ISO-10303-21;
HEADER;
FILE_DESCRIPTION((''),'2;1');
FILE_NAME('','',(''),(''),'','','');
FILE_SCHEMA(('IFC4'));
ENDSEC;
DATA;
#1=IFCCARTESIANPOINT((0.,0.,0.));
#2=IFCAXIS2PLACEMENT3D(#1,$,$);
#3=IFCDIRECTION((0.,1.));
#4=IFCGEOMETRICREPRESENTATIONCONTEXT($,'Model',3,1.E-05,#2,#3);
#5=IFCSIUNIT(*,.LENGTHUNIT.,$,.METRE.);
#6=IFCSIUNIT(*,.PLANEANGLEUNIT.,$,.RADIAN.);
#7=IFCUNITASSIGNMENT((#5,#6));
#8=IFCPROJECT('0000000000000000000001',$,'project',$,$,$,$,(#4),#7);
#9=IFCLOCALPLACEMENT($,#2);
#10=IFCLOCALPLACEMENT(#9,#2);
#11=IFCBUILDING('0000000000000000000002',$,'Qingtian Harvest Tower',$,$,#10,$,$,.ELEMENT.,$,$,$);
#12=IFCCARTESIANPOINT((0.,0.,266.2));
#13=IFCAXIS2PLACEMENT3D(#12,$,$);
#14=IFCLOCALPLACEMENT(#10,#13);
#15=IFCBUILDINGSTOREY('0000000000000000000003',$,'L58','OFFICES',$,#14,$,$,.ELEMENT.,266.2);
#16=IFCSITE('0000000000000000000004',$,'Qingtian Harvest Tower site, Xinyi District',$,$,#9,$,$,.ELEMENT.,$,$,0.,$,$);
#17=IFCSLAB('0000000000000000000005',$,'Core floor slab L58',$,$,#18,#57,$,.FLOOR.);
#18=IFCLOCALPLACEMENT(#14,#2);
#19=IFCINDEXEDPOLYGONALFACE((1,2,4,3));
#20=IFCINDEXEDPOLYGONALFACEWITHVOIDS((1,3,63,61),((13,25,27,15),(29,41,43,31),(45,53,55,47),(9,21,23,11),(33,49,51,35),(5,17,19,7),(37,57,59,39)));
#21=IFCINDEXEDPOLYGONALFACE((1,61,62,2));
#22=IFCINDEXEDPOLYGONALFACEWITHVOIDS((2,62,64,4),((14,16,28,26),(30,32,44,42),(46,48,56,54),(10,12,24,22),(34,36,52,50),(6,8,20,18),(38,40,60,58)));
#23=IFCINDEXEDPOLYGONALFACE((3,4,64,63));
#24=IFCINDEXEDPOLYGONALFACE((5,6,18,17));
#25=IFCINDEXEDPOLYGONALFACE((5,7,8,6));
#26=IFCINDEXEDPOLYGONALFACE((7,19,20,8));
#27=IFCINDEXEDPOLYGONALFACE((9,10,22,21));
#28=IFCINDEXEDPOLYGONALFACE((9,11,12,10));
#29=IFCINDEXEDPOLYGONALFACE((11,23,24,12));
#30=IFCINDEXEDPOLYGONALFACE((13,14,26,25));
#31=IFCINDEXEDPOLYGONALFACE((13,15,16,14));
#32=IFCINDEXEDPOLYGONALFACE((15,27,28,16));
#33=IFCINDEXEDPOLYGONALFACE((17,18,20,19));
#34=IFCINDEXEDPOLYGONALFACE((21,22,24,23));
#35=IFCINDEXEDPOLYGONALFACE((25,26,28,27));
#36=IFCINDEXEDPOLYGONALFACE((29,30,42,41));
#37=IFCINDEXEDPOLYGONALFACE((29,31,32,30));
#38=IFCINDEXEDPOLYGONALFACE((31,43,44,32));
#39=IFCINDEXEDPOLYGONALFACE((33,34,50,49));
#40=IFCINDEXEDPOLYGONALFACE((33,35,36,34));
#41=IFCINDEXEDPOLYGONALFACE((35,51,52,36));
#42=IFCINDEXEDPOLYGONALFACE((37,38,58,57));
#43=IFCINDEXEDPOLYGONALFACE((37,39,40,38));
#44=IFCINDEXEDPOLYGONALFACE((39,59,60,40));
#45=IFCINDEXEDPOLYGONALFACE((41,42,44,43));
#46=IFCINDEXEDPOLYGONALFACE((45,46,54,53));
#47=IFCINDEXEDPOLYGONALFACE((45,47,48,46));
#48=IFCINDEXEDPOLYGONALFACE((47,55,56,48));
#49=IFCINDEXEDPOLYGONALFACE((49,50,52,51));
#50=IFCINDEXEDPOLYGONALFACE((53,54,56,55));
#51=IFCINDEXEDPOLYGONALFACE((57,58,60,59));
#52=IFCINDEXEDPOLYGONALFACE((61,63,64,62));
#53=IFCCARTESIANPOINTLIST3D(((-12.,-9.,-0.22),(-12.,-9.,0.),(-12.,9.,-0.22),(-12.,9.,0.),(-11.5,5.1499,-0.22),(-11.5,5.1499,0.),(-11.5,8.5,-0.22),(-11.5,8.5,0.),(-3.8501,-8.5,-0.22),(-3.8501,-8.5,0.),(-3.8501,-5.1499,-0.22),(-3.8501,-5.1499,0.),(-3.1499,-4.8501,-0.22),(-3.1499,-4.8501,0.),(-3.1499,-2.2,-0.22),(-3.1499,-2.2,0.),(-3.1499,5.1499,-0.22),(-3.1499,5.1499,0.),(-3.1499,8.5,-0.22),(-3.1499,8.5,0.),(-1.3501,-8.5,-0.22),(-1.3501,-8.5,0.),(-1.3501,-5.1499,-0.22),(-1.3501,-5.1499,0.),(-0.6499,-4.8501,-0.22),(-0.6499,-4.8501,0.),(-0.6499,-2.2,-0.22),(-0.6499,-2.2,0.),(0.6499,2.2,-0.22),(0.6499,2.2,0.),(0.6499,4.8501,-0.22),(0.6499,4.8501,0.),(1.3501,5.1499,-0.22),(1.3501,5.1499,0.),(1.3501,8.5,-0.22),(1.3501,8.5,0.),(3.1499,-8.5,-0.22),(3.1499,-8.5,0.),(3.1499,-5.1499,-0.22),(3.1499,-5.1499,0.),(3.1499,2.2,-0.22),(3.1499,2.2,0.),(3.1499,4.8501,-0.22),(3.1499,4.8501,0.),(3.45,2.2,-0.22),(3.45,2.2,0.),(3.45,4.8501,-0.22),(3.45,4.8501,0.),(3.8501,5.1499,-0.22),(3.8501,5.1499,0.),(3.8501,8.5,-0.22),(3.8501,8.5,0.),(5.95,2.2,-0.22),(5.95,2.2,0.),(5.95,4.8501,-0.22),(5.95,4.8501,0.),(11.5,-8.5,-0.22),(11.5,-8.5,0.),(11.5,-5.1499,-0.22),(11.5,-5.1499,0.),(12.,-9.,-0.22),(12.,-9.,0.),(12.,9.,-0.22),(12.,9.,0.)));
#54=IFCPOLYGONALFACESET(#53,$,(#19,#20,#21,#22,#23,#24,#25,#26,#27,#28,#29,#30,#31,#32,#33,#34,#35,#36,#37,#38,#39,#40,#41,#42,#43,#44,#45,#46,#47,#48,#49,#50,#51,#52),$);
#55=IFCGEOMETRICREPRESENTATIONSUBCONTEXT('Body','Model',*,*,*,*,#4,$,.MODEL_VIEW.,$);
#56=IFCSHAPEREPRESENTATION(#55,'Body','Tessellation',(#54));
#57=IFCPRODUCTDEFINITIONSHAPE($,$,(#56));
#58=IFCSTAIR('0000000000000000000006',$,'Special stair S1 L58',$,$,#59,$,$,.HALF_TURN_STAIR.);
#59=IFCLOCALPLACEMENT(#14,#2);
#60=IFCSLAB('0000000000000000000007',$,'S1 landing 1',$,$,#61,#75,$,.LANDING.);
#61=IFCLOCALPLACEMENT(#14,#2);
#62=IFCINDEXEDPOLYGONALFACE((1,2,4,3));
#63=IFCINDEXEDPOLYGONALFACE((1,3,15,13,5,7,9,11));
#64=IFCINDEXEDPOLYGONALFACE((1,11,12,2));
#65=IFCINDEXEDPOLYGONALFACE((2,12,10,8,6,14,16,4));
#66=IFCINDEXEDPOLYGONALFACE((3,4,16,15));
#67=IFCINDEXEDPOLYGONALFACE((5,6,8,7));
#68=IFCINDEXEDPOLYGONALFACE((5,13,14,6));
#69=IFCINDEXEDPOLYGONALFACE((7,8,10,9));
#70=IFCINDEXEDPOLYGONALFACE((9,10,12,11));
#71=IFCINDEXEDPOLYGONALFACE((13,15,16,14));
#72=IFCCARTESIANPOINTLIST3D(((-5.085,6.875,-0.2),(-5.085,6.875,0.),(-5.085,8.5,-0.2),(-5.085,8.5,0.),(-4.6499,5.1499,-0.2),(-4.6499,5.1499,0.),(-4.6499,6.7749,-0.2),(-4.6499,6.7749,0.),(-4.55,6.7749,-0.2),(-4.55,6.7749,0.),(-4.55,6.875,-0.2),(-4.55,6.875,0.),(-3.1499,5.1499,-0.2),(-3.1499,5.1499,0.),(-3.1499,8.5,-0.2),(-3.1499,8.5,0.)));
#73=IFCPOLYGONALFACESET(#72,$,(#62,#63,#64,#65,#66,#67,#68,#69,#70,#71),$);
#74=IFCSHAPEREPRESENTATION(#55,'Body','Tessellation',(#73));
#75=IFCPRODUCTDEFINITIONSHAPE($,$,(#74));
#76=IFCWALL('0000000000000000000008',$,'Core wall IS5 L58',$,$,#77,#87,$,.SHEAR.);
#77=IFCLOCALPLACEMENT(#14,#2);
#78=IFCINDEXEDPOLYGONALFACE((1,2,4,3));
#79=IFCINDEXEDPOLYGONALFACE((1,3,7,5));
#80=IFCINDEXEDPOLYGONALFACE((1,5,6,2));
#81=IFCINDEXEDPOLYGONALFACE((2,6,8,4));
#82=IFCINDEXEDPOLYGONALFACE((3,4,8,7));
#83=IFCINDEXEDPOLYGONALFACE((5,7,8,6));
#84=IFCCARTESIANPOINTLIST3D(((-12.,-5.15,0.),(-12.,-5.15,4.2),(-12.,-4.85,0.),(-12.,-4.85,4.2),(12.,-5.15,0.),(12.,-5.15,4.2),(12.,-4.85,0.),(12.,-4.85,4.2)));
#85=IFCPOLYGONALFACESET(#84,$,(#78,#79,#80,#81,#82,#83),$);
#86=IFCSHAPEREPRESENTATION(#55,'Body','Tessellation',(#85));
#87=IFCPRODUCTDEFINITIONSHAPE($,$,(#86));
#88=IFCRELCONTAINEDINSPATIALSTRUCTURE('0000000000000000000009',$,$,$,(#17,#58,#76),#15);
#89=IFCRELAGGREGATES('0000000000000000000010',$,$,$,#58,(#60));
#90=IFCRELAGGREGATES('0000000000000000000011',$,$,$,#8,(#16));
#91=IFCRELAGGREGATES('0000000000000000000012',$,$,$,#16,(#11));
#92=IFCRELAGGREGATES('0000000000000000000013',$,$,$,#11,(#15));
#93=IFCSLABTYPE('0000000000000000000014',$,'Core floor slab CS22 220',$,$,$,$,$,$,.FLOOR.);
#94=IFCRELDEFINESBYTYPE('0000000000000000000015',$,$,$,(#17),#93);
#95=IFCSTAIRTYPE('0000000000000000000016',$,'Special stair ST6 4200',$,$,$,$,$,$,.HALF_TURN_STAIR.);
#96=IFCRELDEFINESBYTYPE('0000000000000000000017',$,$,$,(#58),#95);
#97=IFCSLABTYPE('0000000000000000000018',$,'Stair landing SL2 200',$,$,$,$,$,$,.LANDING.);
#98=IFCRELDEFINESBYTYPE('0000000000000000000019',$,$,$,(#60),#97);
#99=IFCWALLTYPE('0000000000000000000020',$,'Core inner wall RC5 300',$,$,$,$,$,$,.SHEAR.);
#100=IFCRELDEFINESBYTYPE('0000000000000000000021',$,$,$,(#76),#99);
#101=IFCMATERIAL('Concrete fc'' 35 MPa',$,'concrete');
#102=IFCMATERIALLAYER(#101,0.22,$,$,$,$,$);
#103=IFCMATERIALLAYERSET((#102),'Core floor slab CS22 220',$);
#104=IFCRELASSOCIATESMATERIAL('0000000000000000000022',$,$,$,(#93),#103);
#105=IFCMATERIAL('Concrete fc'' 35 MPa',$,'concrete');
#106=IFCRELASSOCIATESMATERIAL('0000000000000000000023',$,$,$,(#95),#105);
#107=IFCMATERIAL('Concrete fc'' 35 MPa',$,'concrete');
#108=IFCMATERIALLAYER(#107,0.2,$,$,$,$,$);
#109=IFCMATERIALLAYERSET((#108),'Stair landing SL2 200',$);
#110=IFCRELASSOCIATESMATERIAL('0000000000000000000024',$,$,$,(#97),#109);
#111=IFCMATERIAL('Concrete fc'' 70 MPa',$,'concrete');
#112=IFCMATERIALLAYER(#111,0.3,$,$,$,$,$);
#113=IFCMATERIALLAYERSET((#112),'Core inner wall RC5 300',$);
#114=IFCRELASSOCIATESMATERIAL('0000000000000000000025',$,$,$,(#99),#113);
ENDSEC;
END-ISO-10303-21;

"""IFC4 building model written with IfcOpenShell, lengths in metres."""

from ifc_helpers import new_model, si_unit, direction, frame, frame_2d, origin, place, context, subcontext, project, spatial, polyline, rectangle, outline, extrude, material, layer, layer_set, type_object, element, aggregate, save


model = new_model("IFC4")

# Units and contexts
model_context = context("Model", 3, precision=1e-05, world=origin(), true_north=direction((0.0, 1.0)))
body_context = subcontext(model_context, "Body", "Model", "MODEL_VIEW")
ifc_project = project(units=[si_unit("LENGTHUNIT", "METRE"), si_unit("PLANEANGLEUNIT", "RADIAN")], contexts=[model_context])

# Site, building, storey
site_placement = place(None, origin())
site = spatial("IfcSite", under=ifc_project, at=site_placement, Name="Qingtian Harvest Tower site, Xinyi District", CompositionType="ELEMENT", RefElevation=0.0)
building_placement = place(site_placement, origin())
building = spatial("IfcBuilding", under=site, at=building_placement, Name="Qingtian Harvest Tower", CompositionType="ELEMENT")
storey_placement = place(building_placement, frame((0.0, 0.0, 266.2)))
storey = spatial("IfcBuildingStorey", under=building, at=storey_placement, Name="L58", Description="OFFICES", CompositionType="ELEMENT", Elevation=266.2)

# Slab
ifc_material_1 = material(Name="Concrete fc' 35 MPa", Category="concrete")
ifc_layer_1 = layer(ifc_material_1, 0.22)
ifc_layer_set_1 = layer_set([ifc_layer_1], Name="Core floor slab CS22 220")
slab_type_1 = type_object("IfcSlabType", Name="Core floor slab CS22 220", PredefinedType="FLOOR", material=ifc_layer_set_1)
slab_1_placement = place(storey_placement, frame((0.0, 0.0, -0.22)))
element("IfcSlab", 1, at=slab_1_placement, inside=storey, type_object=slab_type_1, Name="Core floor slab L58", PredefinedType="FLOOR", context=body_context, shape_type="SweptSolid", body=[
    extrude(outline(polyline([(-12.0, -9.0), (12.0, -9.0), (12.0, 9.0), (-12.0, 9.0), (-12.0, -9.0)]), holes=[polyline([(-11.5, 5.1499), (-3.1499, 5.1499), (-3.1499, 8.5), (-11.5, 8.5), (-11.5, 5.1499)]), polyline([(3.1499, -8.5), (11.5, -8.5), (11.5, -5.1499), (3.1499, -5.1499), (3.1499, -8.5)]), polyline([(1.3501, 5.1499), (3.8501, 5.1499), (3.8501, 8.5), (1.3501, 8.5), (1.3501, 5.1499)]), polyline([(-3.8501, -8.5), (-1.3501, -8.5), (-1.3501, -5.1499), (-3.8501, -5.1499), (-3.8501, -8.5)]), polyline([(0.6499, 2.2), (3.1499, 2.2), (3.1499, 4.8501), (0.6499, 4.8501), (0.6499, 2.2)]), polyline([(3.45, 2.2), (5.95, 2.2), (5.95, 4.8501), (3.45, 4.8501), (3.45, 2.2)]), polyline([(-3.1499, -4.8501), (-0.6499, -4.8501), (-0.6499, -2.2), (-3.1499, -2.2), (-3.1499, -4.8501)])]), origin(), (0.0, 0.0, 1.0), 0.22),
])

# Stair, slab
ifc_material_2 = material(Name="Concrete fc' 35 MPa", Category="concrete")
stair_type = type_object("IfcStairType", Name="Special stair ST6 4200", PredefinedType="HALF_TURN_STAIR", material=ifc_material_2)
stair_placement = place(storey_placement, origin())
stair = element("IfcStair", 2, at=stair_placement, inside=storey, type_object=stair_type, Name="Special stair S1 L58", PredefinedType="HALF_TURN_STAIR")
ifc_material_3 = material(Name="Concrete fc' 35 MPa", Category="concrete")
ifc_layer_2 = layer(ifc_material_3, 0.2)
ifc_layer_set_2 = layer_set([ifc_layer_2], Name="Stair landing SL2 200")
slab_type_2 = type_object("IfcSlabType", Name="Stair landing SL2 200", PredefinedType="LANDING", material=ifc_layer_set_2)
slab_2_placement = place(storey_placement, frame((0.0, 0.0, -0.2)))
slab_2 = element("IfcSlab", 3, at=slab_2_placement, type_object=slab_type_2, Name="S1 landing 1", PredefinedType="LANDING", context=body_context, shape_type="SweptSolid", body=[
    extrude(outline(polyline([(-4.6499, 5.1499), (-4.6499, 6.7749), (-4.55, 6.7749), (-4.55, 6.875), (-5.085, 6.875), (-5.085, 8.5), (-3.1499, 8.5), (-3.1499, 5.1499), (-4.6499, 5.1499)])), origin(), (0.0, 0.0, 1.0), 0.2),
])
aggregate(stair, [slab_2])

# Wall
ifc_material_4 = material(Name="Concrete fc' 70 MPa", Category="concrete")
ifc_layer_3 = layer(ifc_material_4, 0.3)
ifc_layer_set_3 = layer_set([ifc_layer_3], Name="Core inner wall RC5 300")
wall_type_1 = type_object("IfcWallType", Name="Core inner wall RC5 300", PredefinedType="SHEAR", material=ifc_layer_set_3)
wall_1_placement = place(storey_placement, frame((-12.0, -5.0, 0.0), z_axis=(0.0, 0.0, 1.0), x_axis=(1.0, 0.0, 0.0)))
element("IfcWall", 4, at=wall_1_placement, inside=storey, type_object=wall_type_1, Name="Core wall IS5 L58", PredefinedType="SHEAR", context=body_context, shape_type="SweptSolid", body=[
    extrude(rectangle(XDim=24.0, YDim=0.3, at=frame_2d((12.0, 0.0))), origin(), (0.0, 0.0, 1.0), 4.2),
])

save(model, "model.ifc")
